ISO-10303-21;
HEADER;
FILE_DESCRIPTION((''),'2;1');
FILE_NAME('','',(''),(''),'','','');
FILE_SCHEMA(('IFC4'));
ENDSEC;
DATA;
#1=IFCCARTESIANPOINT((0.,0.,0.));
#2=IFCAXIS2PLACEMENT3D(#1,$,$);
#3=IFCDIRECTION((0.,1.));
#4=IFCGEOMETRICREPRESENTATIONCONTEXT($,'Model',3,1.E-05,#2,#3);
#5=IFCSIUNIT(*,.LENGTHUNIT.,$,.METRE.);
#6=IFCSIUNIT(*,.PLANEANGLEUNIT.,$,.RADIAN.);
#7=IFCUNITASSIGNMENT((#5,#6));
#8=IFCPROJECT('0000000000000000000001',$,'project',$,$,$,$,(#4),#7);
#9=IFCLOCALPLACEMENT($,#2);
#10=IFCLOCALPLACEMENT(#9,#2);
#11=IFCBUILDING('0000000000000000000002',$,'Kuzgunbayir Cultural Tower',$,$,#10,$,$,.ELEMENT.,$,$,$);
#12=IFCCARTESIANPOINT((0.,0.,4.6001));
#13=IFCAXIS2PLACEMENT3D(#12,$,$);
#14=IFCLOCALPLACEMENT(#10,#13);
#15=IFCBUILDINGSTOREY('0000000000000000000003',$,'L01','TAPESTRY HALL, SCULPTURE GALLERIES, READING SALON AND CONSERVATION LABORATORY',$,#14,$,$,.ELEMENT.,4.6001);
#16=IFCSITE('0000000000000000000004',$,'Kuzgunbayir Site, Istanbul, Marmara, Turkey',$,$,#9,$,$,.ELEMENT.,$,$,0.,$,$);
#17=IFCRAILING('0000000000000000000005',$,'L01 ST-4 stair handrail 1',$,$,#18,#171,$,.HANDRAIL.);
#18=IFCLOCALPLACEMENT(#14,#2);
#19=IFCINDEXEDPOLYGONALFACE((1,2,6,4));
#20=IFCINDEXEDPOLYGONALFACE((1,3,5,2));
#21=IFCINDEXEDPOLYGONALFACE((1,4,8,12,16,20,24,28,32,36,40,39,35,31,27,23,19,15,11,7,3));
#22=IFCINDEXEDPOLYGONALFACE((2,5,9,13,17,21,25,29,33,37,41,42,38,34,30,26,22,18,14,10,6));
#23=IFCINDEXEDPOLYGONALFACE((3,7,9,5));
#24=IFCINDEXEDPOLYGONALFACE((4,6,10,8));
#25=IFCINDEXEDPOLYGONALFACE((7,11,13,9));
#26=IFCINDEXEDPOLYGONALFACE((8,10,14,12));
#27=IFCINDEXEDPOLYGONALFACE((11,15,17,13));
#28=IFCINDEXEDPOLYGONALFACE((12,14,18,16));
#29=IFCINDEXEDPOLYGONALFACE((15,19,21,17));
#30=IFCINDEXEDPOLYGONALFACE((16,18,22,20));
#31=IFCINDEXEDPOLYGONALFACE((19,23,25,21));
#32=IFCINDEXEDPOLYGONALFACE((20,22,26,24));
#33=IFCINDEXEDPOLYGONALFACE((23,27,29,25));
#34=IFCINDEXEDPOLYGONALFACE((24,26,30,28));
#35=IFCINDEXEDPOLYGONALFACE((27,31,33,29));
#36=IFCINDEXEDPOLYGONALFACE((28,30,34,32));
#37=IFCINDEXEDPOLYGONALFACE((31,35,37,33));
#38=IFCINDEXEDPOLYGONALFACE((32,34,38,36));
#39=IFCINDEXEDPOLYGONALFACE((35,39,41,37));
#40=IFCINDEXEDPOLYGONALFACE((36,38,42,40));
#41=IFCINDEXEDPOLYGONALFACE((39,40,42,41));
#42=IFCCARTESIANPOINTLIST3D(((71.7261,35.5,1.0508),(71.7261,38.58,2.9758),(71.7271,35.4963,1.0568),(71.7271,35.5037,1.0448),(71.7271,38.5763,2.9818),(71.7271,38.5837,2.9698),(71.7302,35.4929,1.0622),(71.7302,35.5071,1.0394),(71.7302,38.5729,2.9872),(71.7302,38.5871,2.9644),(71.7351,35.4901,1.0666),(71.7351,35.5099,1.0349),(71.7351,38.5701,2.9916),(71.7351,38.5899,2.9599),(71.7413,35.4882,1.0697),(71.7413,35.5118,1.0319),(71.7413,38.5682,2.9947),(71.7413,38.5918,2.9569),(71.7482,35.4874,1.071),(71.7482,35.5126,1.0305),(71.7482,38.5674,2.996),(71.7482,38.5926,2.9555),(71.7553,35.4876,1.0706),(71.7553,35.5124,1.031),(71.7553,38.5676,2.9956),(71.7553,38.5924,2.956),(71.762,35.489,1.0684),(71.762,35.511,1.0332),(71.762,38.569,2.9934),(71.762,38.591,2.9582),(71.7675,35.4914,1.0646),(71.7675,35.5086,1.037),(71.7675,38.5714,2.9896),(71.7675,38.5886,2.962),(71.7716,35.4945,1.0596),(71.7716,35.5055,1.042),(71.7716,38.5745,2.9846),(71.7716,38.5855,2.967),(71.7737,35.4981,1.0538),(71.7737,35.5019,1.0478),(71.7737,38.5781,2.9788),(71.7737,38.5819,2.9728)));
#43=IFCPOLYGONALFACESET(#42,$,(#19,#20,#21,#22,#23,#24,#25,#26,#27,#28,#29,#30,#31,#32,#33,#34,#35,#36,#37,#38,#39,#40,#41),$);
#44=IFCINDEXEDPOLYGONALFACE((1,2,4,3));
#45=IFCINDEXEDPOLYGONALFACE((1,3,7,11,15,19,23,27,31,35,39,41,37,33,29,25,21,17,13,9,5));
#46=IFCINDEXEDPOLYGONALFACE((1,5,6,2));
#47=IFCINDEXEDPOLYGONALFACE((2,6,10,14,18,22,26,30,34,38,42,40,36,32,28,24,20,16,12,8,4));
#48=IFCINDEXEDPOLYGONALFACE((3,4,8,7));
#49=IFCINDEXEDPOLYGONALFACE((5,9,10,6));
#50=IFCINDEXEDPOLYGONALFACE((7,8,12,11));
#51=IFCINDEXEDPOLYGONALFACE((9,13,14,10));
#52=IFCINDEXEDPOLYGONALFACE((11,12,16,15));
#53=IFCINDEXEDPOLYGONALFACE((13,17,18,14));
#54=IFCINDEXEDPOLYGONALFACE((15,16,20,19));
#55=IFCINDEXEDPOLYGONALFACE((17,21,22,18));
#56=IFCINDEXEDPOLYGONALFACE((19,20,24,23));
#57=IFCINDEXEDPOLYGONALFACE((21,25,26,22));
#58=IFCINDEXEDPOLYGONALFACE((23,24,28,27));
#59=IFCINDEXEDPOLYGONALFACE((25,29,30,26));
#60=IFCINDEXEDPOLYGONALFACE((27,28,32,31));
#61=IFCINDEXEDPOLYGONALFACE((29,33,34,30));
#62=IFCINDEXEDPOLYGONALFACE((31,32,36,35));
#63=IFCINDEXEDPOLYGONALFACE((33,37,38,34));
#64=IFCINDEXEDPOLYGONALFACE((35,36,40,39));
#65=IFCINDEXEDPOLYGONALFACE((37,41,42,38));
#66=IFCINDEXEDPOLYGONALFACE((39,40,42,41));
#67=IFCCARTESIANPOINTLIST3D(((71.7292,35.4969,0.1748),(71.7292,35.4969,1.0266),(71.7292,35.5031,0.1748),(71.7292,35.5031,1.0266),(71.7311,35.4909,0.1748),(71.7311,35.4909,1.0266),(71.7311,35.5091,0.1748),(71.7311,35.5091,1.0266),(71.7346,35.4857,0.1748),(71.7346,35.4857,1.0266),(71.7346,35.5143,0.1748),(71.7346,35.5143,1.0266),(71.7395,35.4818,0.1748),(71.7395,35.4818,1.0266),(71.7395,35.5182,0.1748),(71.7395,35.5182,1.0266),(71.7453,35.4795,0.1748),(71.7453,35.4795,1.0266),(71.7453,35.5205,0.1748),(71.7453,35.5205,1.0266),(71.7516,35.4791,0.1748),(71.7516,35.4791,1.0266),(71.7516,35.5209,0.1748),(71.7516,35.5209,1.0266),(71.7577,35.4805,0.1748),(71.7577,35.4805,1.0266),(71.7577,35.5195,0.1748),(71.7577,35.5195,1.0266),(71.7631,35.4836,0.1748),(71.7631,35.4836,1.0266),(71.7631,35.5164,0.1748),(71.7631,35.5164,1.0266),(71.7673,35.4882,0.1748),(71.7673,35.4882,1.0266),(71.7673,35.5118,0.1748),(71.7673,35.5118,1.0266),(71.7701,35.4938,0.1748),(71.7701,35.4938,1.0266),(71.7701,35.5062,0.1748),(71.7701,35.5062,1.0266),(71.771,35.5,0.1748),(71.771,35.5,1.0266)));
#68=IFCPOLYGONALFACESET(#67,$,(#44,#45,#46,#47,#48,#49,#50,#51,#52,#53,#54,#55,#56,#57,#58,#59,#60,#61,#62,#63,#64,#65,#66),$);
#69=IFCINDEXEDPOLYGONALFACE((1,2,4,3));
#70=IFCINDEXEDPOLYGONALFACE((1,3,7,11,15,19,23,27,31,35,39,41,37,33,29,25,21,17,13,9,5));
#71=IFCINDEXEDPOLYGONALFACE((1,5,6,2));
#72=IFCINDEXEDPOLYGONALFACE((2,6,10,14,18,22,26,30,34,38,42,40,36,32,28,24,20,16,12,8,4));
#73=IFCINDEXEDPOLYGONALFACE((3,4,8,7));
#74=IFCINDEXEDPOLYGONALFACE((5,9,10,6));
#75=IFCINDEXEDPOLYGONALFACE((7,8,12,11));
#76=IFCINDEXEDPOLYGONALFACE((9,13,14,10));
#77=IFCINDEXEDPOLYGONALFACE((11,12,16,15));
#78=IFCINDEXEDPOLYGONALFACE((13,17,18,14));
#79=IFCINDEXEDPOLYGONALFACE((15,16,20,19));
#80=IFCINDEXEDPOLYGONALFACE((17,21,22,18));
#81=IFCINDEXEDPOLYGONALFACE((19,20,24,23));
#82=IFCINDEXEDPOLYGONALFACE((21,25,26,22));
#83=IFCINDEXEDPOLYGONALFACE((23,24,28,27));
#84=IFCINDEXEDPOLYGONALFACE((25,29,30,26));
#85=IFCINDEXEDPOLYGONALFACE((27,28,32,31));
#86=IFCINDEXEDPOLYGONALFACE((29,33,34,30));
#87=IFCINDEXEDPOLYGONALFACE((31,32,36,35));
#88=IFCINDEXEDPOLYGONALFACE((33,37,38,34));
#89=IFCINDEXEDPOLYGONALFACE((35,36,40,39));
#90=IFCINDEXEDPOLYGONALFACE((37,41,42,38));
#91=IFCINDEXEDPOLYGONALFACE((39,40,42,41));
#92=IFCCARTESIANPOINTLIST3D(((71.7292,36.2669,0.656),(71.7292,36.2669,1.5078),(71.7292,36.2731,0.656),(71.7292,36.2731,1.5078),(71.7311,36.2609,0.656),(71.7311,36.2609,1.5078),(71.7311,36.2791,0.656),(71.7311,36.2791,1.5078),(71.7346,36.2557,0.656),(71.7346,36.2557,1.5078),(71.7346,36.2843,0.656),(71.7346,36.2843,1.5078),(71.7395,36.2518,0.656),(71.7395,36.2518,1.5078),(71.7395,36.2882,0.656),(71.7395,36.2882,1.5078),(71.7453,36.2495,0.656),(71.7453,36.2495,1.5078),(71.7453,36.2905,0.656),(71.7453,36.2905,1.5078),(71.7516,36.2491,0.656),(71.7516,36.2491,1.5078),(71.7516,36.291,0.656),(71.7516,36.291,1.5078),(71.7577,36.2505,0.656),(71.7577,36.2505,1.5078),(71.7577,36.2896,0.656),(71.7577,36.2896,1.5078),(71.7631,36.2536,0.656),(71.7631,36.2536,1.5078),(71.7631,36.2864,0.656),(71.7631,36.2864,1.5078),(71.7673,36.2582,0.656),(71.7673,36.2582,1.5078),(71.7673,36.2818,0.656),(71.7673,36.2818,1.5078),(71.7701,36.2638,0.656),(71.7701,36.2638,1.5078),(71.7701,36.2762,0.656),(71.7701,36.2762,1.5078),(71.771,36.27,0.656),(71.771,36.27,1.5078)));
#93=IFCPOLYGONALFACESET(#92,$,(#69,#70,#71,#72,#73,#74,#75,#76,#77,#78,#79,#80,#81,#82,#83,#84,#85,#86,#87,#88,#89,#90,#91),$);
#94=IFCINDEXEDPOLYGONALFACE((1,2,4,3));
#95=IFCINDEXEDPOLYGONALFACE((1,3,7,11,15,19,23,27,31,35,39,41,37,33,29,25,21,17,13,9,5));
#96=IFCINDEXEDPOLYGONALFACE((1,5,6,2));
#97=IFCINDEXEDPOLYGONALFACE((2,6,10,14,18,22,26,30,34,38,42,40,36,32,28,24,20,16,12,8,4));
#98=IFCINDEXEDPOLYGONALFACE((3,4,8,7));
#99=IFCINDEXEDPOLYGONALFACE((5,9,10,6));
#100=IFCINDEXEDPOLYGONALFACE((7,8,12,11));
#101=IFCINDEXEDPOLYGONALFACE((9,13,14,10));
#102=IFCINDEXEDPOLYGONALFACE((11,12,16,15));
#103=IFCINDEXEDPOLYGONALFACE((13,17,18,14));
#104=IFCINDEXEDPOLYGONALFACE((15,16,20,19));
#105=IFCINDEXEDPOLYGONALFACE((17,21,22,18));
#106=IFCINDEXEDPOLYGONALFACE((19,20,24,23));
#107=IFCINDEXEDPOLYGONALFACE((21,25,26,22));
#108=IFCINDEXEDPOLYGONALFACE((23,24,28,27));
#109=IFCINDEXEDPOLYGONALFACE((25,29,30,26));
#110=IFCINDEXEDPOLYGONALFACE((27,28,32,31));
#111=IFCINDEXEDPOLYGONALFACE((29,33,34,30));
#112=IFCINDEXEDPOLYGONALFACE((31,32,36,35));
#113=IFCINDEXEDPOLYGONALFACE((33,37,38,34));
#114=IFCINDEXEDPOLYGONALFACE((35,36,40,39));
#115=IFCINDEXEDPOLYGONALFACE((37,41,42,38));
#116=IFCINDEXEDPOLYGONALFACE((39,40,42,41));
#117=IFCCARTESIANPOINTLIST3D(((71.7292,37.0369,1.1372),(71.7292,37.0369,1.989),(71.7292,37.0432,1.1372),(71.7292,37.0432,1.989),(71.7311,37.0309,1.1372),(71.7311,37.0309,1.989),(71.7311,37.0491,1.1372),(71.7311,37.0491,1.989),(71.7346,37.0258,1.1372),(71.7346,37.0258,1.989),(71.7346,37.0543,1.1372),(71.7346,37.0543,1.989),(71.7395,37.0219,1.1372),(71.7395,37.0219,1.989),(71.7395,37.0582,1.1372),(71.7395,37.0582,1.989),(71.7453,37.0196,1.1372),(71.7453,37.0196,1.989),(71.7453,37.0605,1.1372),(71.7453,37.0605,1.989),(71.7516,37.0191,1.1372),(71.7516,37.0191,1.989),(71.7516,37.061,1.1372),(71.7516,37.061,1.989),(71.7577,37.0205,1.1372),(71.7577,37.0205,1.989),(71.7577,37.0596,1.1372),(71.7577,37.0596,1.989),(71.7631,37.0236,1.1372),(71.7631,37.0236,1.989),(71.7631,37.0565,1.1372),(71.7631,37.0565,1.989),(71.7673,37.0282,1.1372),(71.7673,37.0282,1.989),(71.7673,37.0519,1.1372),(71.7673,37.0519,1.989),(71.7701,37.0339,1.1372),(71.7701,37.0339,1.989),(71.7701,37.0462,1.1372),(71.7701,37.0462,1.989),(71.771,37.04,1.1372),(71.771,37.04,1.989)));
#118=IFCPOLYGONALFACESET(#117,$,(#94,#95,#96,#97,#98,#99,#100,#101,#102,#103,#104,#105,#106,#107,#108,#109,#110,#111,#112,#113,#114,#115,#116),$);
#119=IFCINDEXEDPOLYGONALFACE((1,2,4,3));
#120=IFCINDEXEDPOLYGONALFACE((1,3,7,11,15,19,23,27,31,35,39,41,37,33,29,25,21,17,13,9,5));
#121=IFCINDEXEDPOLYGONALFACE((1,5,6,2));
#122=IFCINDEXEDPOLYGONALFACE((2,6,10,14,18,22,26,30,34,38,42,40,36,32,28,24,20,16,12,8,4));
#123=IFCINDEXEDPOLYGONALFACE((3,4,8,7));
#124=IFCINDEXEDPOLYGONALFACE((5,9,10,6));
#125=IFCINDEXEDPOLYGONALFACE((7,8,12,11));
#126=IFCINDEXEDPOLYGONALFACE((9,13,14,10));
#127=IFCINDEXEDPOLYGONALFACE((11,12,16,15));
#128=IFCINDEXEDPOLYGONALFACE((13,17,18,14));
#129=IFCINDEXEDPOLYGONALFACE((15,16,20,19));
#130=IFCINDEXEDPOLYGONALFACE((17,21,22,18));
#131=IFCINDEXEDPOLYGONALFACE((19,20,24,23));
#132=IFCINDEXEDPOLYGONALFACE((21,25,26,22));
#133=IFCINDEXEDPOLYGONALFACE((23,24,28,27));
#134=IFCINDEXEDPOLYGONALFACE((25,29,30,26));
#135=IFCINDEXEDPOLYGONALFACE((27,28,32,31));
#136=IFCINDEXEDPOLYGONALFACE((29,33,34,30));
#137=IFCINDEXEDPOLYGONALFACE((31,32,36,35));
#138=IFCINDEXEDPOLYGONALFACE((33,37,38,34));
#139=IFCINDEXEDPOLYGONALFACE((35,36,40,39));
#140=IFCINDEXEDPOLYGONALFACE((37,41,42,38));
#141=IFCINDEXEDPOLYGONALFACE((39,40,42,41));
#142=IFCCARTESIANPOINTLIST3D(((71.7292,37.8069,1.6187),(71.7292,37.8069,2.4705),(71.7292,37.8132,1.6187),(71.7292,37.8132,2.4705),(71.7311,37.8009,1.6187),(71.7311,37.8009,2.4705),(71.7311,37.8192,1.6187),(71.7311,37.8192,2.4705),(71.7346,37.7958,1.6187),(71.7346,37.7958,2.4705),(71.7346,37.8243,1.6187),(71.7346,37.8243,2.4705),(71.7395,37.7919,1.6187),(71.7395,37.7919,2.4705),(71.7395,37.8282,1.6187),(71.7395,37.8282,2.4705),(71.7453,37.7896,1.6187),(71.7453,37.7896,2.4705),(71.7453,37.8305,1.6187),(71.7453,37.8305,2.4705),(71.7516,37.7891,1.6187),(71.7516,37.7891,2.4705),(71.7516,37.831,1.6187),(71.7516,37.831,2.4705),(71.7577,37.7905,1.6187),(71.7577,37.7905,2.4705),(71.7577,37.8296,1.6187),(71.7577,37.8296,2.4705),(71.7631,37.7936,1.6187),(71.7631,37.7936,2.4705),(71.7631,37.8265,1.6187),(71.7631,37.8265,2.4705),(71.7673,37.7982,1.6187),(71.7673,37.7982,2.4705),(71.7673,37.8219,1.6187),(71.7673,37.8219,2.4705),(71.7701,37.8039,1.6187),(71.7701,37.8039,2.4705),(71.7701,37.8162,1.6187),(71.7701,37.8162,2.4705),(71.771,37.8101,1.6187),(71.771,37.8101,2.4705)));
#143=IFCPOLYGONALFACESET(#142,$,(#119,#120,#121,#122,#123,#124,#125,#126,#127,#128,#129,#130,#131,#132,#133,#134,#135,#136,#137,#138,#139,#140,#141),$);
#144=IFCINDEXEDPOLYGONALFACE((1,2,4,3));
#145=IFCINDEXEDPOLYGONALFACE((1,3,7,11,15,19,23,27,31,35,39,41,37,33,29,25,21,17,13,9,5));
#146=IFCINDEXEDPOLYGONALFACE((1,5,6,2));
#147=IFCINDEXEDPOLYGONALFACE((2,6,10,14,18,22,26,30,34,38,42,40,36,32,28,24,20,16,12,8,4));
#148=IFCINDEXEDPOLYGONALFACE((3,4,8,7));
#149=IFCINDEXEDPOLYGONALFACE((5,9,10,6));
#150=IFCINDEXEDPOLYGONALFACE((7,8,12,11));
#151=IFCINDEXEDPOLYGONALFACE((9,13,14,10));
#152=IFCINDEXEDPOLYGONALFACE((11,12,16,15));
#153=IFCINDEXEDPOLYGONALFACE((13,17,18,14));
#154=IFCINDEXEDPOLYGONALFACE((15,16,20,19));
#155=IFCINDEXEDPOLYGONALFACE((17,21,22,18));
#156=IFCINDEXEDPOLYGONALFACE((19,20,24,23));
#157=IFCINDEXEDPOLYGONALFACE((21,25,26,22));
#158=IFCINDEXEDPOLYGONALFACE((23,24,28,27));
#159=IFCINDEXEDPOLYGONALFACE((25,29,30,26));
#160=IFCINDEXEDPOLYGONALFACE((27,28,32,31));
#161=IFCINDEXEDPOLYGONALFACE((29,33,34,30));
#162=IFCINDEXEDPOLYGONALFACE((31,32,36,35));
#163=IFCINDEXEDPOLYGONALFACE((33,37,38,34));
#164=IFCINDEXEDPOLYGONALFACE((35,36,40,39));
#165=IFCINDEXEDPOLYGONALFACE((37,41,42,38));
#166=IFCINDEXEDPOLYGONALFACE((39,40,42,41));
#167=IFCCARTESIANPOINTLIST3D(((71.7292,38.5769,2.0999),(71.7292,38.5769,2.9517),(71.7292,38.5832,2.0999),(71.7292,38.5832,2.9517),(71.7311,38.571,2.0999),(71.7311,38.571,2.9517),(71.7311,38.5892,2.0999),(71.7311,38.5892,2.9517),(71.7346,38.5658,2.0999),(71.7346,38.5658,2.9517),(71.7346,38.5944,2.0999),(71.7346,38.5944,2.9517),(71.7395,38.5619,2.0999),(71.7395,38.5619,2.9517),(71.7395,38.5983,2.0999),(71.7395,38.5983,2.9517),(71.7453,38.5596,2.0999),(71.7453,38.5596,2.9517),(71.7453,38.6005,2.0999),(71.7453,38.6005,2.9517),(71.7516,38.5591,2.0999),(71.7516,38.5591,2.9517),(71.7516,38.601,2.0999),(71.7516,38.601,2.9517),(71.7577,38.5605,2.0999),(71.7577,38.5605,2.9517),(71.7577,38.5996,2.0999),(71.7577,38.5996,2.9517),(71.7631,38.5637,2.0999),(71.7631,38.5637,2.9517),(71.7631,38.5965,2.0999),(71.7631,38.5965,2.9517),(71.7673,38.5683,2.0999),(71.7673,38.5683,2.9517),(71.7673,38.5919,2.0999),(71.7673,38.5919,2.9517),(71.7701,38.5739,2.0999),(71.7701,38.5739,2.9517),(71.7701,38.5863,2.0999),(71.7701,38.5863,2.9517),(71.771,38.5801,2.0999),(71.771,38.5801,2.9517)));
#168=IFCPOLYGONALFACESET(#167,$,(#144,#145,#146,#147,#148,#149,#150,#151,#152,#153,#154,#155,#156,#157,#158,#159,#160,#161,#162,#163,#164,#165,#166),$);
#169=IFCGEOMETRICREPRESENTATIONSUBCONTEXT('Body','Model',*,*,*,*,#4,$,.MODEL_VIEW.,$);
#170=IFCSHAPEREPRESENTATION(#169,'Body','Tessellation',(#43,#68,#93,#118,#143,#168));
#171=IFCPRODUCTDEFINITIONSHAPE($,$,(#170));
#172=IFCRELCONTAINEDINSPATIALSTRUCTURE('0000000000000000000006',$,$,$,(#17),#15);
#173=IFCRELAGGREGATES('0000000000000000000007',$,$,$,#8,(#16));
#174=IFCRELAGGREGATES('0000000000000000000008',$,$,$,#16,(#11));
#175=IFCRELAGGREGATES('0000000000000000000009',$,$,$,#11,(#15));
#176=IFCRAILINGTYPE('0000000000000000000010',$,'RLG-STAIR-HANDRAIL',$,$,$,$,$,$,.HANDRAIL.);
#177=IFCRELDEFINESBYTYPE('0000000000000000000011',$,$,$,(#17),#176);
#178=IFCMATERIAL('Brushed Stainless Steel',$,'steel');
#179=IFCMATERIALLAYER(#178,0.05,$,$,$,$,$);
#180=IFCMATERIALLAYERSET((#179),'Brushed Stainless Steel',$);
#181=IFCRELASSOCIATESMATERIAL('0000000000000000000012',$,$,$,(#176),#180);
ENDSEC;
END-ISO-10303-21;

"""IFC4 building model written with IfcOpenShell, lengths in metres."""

from ifc_helpers import new_model, si_unit, direction, frame, origin, origin_2d, place, context, subcontext, project, spatial, circle, extrude, material, layer, layer_set, type_object, element, save


model = new_model("IFC4")

# Units and contexts
model_context = context("Model", 3, precision=1e-05, world=origin(), true_north=direction((0.0, 1.0)))
body_context = subcontext(model_context, "Body", "Model", "MODEL_VIEW")
ifc_project = project(units=[si_unit("LENGTHUNIT", "METRE"), si_unit("PLANEANGLEUNIT", "RADIAN")], contexts=[model_context])

# Site, building, storey
site_placement = place(None, origin())
site = spatial("IfcSite", under=ifc_project, at=site_placement, Name="Kuzgunbayir Site, Istanbul, Marmara, Turkey", CompositionType="ELEMENT", RefElevation=0.0)
building_placement = place(site_placement, origin())
building = spatial("IfcBuilding", under=site, at=building_placement, Name="Kuzgunbayir Cultural Tower", CompositionType="ELEMENT")
storey_placement = place(building_placement, frame((0.0, 0.0, 4.6001)))
storey = spatial("IfcBuildingStorey", under=building, at=storey_placement, Name="L01", Description="TAPESTRY HALL, SCULPTURE GALLERIES, READING SALON AND CONSERVATION LABORATORY", CompositionType="ELEMENT", Elevation=4.6001)

# Shared definitions
ifc_material_1 = material(Name="Brushed Stainless Steel", Category="steel")

# Railing
ifc_layer_1 = layer(ifc_material_1, 0.05)
ifc_layer_set_1 = layer_set([ifc_layer_1], Name="Brushed Stainless Steel")
railing_type_1 = type_object("IfcRailingType", Name="RLG-STAIR-HANDRAIL", PredefinedType="HANDRAIL", material=ifc_layer_set_1)
railing_1_placement = place(storey_placement, frame((71.75, 35.5, 0.1748)))
element("IfcRailing", 1, at=railing_1_placement, inside=storey, type_object=railing_type_1, Name="L01 ST-4 stair handrail 1", PredefinedType="HANDRAIL", context=body_context, shape_type="SweptSolid", body=[
    extrude(circle(Radius=0.0239, at=origin_2d()), frame((0.0, 0.0, 0.876), z_axis=(0.0, 0.847998, 0.529999), x_axis=(-1.0, 0.0, 0.0)), (0.0, 0.0, 1.0), 3.6321),
    extrude(circle(Radius=0.021, at=origin_2d()), origin(), (0.0, 0.0, 1.0), 0.8518),
    extrude(circle(Radius=0.021, at=origin_2d()), frame((0.0, 0.77, 0.4812)), (0.0, 0.0, 1.0), 0.8518),
    extrude(circle(Radius=0.021, at=origin_2d()), frame((0.0, 1.54, 0.9624)), (0.0, 0.0, 1.0), 0.8518),
    extrude(circle(Radius=0.021, at=origin_2d()), frame((0.0, 2.3101, 1.4438)), (0.0, 0.0, 1.0), 0.8518),
    extrude(circle(Radius=0.021, at=origin_2d()), frame((0.0, 3.0801, 1.925)), (0.0, 0.0, 1.0), 0.8518),
])

save(model, "model.ifc")
